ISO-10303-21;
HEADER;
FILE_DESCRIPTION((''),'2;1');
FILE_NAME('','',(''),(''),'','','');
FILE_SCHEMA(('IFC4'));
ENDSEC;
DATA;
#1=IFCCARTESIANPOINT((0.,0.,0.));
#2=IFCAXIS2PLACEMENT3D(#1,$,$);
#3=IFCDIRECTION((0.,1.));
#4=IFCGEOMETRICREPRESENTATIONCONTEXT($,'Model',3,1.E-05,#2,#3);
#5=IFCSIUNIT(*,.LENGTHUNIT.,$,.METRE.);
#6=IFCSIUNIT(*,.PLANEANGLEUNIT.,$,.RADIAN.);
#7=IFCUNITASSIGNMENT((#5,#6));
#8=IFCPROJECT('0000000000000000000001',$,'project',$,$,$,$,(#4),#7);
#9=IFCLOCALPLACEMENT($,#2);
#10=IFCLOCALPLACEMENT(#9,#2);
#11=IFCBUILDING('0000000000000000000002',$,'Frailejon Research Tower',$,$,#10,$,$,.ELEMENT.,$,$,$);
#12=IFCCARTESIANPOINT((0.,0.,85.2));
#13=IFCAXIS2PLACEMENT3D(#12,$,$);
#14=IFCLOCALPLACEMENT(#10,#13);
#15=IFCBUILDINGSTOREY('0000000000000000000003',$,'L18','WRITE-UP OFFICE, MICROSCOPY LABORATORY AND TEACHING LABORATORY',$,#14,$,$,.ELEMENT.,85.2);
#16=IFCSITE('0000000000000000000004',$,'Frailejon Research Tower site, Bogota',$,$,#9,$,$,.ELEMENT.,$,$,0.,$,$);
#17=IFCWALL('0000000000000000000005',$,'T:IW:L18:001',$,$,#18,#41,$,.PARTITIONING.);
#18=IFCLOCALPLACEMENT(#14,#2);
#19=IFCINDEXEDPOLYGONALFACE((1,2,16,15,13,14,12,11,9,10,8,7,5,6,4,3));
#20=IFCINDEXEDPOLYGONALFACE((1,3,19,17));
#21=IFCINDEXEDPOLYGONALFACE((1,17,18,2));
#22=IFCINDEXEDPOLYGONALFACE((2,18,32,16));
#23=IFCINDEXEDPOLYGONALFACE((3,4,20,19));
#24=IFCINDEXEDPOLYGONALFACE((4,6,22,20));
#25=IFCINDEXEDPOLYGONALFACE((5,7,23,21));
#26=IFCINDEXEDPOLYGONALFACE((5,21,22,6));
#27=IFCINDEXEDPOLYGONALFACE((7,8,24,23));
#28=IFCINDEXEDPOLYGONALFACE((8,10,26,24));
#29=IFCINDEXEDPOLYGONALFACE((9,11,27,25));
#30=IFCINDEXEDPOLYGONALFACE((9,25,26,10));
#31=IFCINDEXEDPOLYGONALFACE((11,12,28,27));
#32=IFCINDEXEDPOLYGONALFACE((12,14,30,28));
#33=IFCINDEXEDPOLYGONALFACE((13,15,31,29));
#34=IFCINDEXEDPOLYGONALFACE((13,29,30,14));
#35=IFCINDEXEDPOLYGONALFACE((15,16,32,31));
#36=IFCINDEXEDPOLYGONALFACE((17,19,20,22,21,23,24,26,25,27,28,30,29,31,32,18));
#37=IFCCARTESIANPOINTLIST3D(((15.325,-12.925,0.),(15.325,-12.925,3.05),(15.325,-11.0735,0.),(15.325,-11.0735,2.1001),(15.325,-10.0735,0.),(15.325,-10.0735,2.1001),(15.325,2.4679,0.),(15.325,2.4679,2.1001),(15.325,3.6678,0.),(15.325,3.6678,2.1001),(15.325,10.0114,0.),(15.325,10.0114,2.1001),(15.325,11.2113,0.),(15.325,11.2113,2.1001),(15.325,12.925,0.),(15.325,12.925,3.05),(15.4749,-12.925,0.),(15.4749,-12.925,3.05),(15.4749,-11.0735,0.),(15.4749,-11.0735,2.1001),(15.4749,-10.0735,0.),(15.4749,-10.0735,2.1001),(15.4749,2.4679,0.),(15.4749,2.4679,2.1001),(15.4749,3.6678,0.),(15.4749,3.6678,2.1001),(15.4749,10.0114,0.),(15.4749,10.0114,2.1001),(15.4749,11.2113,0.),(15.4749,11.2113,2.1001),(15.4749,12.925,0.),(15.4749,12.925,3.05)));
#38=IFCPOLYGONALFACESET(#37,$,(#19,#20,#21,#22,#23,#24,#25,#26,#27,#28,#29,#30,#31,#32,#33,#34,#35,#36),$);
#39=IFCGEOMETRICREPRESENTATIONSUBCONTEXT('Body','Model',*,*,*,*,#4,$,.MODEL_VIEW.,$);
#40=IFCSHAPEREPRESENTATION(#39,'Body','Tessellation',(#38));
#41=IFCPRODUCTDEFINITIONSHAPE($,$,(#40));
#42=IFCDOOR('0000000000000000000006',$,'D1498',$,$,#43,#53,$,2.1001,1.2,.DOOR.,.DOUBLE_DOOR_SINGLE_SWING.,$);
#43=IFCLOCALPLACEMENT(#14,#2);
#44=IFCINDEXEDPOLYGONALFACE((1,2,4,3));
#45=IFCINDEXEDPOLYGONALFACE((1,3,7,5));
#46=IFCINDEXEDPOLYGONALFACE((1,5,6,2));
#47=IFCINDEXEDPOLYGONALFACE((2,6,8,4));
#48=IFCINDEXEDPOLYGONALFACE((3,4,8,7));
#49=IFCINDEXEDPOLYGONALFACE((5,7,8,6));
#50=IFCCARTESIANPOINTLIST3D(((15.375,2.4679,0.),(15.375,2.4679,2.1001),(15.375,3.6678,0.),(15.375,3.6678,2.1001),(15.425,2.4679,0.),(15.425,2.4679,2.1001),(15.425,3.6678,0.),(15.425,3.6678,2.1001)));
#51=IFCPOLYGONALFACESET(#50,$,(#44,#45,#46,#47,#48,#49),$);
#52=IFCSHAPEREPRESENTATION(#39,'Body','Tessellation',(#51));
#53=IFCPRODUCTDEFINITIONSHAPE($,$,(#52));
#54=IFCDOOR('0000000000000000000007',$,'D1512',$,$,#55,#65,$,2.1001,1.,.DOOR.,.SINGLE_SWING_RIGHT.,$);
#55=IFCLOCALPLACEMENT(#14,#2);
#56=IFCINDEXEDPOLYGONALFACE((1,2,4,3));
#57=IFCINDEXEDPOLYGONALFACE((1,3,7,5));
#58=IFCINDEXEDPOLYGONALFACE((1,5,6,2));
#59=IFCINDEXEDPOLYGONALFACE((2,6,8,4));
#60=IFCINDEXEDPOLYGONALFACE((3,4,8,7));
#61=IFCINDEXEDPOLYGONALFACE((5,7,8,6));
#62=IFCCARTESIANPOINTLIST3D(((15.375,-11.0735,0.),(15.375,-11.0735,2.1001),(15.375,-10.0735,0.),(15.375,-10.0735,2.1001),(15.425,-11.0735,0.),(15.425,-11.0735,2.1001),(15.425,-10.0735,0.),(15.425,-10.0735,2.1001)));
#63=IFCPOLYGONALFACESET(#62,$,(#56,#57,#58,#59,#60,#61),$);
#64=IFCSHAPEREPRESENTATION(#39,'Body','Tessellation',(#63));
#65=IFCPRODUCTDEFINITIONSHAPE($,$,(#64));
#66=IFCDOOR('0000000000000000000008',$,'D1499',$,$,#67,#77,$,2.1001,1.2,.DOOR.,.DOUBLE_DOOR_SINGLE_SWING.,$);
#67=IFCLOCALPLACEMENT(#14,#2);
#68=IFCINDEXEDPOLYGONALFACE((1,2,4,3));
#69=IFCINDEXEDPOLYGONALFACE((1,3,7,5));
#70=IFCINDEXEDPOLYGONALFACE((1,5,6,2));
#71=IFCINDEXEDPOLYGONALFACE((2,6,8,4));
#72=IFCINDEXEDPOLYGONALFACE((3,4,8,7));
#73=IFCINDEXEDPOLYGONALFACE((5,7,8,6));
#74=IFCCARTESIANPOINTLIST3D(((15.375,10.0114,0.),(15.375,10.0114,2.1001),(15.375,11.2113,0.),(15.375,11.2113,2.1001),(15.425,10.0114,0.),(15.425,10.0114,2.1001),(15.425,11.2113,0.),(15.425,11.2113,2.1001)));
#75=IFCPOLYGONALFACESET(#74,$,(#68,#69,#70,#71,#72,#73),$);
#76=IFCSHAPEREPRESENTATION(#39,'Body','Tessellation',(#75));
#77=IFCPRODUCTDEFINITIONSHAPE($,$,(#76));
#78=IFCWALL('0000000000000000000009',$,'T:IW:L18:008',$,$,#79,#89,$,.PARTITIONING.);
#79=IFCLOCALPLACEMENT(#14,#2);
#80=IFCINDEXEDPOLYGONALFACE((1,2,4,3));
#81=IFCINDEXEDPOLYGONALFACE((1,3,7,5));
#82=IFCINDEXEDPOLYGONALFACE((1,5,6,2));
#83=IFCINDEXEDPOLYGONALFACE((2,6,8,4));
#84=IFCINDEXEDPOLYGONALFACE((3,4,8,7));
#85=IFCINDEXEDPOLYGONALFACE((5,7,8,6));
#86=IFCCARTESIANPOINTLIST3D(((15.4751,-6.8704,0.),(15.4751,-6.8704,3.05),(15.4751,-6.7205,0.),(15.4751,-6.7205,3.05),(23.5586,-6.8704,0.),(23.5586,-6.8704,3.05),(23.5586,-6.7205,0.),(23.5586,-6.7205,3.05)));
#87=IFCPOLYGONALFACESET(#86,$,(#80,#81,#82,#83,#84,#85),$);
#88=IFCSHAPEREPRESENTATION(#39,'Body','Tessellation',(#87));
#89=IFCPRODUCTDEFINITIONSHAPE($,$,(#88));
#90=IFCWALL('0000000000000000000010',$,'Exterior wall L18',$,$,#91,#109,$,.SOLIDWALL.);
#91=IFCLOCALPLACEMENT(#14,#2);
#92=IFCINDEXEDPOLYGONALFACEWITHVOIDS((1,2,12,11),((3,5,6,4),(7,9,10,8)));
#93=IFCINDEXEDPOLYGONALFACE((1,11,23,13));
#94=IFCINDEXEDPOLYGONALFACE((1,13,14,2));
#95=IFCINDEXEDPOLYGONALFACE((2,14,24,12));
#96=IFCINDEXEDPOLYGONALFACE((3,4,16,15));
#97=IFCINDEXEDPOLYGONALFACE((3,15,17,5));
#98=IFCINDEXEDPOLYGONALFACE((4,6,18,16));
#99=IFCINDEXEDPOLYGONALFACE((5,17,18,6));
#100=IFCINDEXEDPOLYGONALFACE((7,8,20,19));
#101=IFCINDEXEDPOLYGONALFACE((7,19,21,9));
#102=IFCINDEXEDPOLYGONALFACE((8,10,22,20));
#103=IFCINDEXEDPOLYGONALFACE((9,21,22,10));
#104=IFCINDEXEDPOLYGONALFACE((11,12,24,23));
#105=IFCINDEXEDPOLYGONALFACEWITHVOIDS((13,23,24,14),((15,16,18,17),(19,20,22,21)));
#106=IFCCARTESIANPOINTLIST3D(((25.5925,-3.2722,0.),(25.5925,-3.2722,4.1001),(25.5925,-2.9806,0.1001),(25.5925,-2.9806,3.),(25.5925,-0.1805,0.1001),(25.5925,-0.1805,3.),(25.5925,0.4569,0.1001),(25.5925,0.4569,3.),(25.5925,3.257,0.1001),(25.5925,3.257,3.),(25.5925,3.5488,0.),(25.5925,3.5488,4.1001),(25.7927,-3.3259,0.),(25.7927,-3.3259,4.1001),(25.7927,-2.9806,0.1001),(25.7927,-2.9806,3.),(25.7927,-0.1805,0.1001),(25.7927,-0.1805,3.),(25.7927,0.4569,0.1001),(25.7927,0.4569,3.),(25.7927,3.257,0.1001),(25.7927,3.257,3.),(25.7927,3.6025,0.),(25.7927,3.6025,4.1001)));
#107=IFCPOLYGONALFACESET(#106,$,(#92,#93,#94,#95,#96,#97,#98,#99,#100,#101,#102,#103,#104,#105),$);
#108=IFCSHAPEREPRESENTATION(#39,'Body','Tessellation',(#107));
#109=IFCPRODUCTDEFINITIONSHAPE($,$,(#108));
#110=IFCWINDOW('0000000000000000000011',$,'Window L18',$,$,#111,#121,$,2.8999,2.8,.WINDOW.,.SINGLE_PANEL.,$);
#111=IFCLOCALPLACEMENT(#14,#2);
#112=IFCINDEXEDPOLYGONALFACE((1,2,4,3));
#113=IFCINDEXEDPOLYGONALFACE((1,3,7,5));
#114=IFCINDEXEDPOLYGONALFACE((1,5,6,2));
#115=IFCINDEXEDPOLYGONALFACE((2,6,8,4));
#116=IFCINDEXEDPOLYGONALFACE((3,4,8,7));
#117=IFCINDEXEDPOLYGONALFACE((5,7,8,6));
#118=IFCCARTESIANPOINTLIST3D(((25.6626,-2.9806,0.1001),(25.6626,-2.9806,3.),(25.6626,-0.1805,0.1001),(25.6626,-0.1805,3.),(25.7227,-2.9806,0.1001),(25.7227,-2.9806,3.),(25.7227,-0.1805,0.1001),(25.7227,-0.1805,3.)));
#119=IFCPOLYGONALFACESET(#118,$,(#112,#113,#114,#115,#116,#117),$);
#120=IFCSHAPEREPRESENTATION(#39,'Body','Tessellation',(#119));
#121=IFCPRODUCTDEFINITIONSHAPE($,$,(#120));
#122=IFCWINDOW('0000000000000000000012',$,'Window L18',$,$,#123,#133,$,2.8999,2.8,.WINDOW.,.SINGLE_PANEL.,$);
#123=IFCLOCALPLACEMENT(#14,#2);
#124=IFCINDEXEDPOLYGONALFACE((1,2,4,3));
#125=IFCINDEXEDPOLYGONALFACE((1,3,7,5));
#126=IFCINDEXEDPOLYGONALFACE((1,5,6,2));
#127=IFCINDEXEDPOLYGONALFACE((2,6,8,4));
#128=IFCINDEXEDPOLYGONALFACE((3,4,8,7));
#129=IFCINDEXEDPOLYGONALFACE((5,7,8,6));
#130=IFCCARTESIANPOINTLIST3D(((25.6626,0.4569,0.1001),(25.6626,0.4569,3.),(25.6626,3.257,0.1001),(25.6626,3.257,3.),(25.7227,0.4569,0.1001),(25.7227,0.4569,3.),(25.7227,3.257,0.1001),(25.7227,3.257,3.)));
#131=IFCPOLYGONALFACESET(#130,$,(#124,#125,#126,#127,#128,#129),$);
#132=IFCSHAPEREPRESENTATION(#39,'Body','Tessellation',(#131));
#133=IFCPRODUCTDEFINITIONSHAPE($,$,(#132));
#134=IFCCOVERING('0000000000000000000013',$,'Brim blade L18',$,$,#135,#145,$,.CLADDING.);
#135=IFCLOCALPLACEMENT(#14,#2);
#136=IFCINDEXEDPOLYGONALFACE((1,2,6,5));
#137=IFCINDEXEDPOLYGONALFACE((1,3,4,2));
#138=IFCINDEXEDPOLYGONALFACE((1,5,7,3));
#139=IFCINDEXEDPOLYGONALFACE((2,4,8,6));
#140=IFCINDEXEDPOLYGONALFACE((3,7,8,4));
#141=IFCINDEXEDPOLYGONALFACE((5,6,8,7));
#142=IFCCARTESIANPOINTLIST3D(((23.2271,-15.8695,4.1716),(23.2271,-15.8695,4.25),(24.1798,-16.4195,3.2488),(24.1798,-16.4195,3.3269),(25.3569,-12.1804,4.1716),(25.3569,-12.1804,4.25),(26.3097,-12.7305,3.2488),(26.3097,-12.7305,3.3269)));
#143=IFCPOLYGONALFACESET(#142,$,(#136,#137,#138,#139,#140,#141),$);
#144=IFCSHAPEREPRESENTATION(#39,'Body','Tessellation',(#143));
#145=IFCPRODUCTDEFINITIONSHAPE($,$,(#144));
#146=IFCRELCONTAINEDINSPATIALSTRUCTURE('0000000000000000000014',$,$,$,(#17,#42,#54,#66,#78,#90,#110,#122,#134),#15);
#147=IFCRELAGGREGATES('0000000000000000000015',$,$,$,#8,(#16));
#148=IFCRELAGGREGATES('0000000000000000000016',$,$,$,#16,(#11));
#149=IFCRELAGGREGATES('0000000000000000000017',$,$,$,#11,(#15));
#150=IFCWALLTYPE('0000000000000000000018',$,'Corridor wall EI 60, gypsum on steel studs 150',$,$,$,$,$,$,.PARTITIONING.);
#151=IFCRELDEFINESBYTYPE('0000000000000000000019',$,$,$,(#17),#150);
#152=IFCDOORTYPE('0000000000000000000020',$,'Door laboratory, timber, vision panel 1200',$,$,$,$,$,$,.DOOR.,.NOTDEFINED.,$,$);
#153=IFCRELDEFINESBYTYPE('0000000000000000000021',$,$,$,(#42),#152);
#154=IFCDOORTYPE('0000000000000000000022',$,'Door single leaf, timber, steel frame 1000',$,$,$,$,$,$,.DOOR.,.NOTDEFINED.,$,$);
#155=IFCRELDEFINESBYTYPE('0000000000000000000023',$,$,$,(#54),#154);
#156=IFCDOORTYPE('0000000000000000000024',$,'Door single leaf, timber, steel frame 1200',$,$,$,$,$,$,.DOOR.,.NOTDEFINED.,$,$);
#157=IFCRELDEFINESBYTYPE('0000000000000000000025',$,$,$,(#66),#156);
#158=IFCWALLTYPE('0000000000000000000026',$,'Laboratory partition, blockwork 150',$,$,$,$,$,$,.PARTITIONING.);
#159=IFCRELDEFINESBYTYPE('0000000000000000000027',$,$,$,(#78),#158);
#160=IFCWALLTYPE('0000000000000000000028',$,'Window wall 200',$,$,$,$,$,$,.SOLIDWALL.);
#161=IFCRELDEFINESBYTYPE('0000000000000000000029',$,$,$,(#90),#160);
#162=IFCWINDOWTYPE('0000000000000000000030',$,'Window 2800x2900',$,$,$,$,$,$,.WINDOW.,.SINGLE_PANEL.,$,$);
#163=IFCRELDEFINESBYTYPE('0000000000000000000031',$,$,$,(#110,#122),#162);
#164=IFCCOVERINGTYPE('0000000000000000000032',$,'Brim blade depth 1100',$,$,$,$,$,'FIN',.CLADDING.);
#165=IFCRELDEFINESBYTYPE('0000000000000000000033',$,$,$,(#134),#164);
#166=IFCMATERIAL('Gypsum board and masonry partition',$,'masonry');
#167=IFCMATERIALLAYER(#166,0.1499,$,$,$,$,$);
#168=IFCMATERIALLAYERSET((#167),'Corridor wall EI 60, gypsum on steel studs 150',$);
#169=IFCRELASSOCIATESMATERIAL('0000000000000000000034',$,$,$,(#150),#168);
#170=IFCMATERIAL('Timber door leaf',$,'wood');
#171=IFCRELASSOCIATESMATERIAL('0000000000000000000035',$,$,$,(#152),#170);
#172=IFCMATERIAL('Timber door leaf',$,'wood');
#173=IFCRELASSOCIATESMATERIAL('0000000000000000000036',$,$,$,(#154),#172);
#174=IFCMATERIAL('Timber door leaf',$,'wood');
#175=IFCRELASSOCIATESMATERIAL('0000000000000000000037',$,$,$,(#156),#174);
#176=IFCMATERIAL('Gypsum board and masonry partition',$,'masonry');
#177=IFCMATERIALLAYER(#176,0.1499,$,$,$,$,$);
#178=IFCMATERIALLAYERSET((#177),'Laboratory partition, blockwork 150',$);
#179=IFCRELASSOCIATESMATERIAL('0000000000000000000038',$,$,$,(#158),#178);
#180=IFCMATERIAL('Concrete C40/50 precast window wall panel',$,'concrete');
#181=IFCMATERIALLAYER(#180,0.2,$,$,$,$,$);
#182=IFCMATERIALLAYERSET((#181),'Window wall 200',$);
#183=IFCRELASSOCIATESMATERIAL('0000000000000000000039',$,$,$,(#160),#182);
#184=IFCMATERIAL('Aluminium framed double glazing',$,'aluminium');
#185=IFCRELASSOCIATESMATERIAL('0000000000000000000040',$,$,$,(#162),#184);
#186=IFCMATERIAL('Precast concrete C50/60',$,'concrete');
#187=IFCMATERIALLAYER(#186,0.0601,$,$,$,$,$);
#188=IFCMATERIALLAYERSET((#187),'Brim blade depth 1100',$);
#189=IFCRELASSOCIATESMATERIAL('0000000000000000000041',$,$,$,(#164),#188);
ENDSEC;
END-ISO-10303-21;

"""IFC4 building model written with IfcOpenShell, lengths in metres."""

from ifc_helpers import new_model, si_unit, direction, frame, frame_2d, origin, place, context, subcontext, project, spatial, polyline, rectangle, outline, extrude, material, layer, layer_set, type_object, element, fill, save


model = new_model("IFC4")

# Units and contexts
model_context = context("Model", 3, precision=1e-05, world=origin(), true_north=direction((0.0, 1.0)))
body_context = subcontext(model_context, "Body", "Model", "MODEL_VIEW")
ifc_project = project(units=[si_unit("LENGTHUNIT", "METRE"), si_unit("PLANEANGLEUNIT", "RADIAN")], contexts=[model_context])

# Site, building, storey
site_placement = place(None, origin())
site = spatial("IfcSite", under=ifc_project, at=site_placement, Name="Frailejon Research Tower site, Bogota", CompositionType="ELEMENT", RefElevation=0.0)
building_placement = place(site_placement, origin())
building = spatial("IfcBuilding", under=site, at=building_placement, Name="Frailejon Research Tower", CompositionType="ELEMENT")
storey_placement = place(building_placement, frame((0.0, 0.0, 85.2)))
storey = spatial("IfcBuildingStorey", under=building, at=storey_placement, Name="L18", Description="WRITE-UP OFFICE, MICROSCOPY LABORATORY AND TEACHING LABORATORY", CompositionType="ELEMENT", Elevation=85.2)

# Wall, openings, doors
ifc_material_1 = material(Name="Gypsum board and masonry partition", Category="masonry")
ifc_layer_1 = layer(ifc_material_1, 0.1499)
ifc_layer_set_1 = layer_set([ifc_layer_1], Name="Corridor wall EI 60, gypsum on steel studs 150")
wall_type_1 = type_object("IfcWallType", Name="Corridor wall EI 60, gypsum on steel studs 150", PredefinedType="PARTITIONING", material=ifc_layer_set_1)
wall_1_placement = place(storey_placement, frame((15.3999, -12.925, 0.0), z_axis=(0.0, 0.0, 1.0), x_axis=(0.0, 1.0, 0.0)))
wall_1 = element("IfcWall", 1, at=wall_1_placement, inside=storey, type_object=wall_type_1, Name="T:IW:L18:001", PredefinedType="PARTITIONING", context=body_context, shape_type="SweptSolid", body=[
    extrude(rectangle(XDim=25.8501, YDim=0.1499, at=frame_2d((12.925, 0.0))), origin(), (0.0, 0.0, 1.0), 3.05),
])
opening_1_placement = place(wall_1_placement, frame((15.3928, 0.0, 0.0)))
opening_1 = element("IfcOpeningElement", 2, at=opening_1_placement, cuts=wall_1, PredefinedType="OPENING", context=body_context, shape_type="SweptSolid", body=[
    extrude(rectangle(XDim=1.2, YDim=2.1001, at=frame_2d((0.6001, 1.05))), frame((0.0, 0.085, 0.0), z_axis=(0.0, -1.0, 0.0), x_axis=(1.0, 0.0, 0.0)), (0.0, 0.0, 1.0), 0.1699),
])
opening_2_placement = place(wall_1_placement, frame((22.9363, 0.0, 0.0)))
opening_2 = element("IfcOpeningElement", 3, at=opening_2_placement, cuts=wall_1, PredefinedType="OPENING", context=body_context, shape_type="SweptSolid", body=[
    extrude(rectangle(XDim=1.2, YDim=2.1001, at=frame_2d((0.6001, 1.05))), frame((0.0, 0.085, 0.0), z_axis=(0.0, -1.0, 0.0), x_axis=(1.0, 0.0, 0.0)), (0.0, 0.0, 1.0), 0.1699),
])
opening_3_placement = place(wall_1_placement, frame((1.8516, 0.0, 0.0)))
opening_3 = element("IfcOpeningElement", 4, at=opening_3_placement, cuts=wall_1, PredefinedType="OPENING", context=body_context, shape_type="SweptSolid", body=[
    extrude(rectangle(XDim=1.0, YDim=2.1001, at=frame_2d((0.5, 1.05))), frame((0.0, 0.085, 0.0), z_axis=(0.0, -1.0, 0.0), x_axis=(1.0, 0.0, 0.0)), (0.0, 0.0, 1.0), 0.1699),
])
ifc_material_2 = material(Name="Timber door leaf", Category="wood")
door_type_1 = type_object("IfcDoorType", Name="Door laboratory, timber, vision panel 1200", OperationType="NOTDEFINED", PredefinedType="DOOR", material=ifc_material_2)
door_1_placement = place(opening_1_placement, origin())
door_1 = element("IfcDoor", 5, at=door_1_placement, inside=storey, type_object=door_type_1, Name="D1498", OperationType="DOUBLE_DOOR_SINGLE_SWING", OverallHeight=2.1001, OverallWidth=1.2, PredefinedType="DOOR", context=body_context, shape_type="SweptSolid", body=[
    extrude(rectangle(XDim=1.2, YDim=2.1001, at=frame_2d((0.6001, 1.05))), frame((0.0, 0.0249, 0.0), z_axis=(0.0, -1.0, 0.0), x_axis=(1.0, 0.0, 0.0)), (0.0, 0.0, 1.0), 0.05),
])
fill(opening_1, door_1)
ifc_material_3 = material(Name="Timber door leaf", Category="wood")
door_type_2 = type_object("IfcDoorType", Name="Door single leaf, timber, steel frame 1000", OperationType="NOTDEFINED", PredefinedType="DOOR", material=ifc_material_3)
door_2_placement = place(opening_3_placement, origin())
door_2 = element("IfcDoor", 6, at=door_2_placement, inside=storey, type_object=door_type_2, Name="D1512", OperationType="SINGLE_SWING_RIGHT", OverallHeight=2.1001, OverallWidth=1.0, PredefinedType="DOOR", context=body_context, shape_type="SweptSolid", body=[
    extrude(rectangle(XDim=1.0, YDim=2.1001, at=frame_2d((0.5, 1.05))), frame((0.0, 0.0249, 0.0), z_axis=(0.0, -1.0, 0.0), x_axis=(1.0, 0.0, 0.0)), (0.0, 0.0, 1.0), 0.05),
])
fill(opening_3, door_2)
ifc_material_4 = material(Name="Timber door leaf", Category="wood")
door_type_3 = type_object("IfcDoorType", Name="Door single leaf, timber, steel frame 1200", OperationType="NOTDEFINED", PredefinedType="DOOR", material=ifc_material_4)
door_3_placement = place(opening_2_placement, origin())
door_3 = element("IfcDoor", 7, at=door_3_placement, inside=storey, type_object=door_type_3, Name="D1499", OperationType="DOUBLE_DOOR_SINGLE_SWING", OverallHeight=2.1001, OverallWidth=1.2, PredefinedType="DOOR", context=body_context, shape_type="SweptSolid", body=[
    extrude(rectangle(XDim=1.2, YDim=2.1001, at=frame_2d((0.6001, 1.05))), frame((0.0, 0.0249, 0.0), z_axis=(0.0, -1.0, 0.0), x_axis=(1.0, 0.0, 0.0)), (0.0, 0.0, 1.0), 0.05),
])
fill(opening_2, door_3)

# Wall
ifc_material_5 = material(Name="Gypsum board and masonry partition", Category="masonry")
ifc_layer_2 = layer(ifc_material_5, 0.1499)
ifc_layer_set_2 = layer_set([ifc_layer_2], Name="Laboratory partition, blockwork 150")
wall_type_2 = type_object("IfcWallType", Name="Laboratory partition, blockwork 150", PredefinedType="PARTITIONING", material=ifc_layer_set_2)
wall_2_placement = place(storey_placement, frame((15.4751, -6.7954, 0.0), z_axis=(0.0, 0.0, 1.0), x_axis=(1.0, 0.0, 0.0)))
element("IfcWall", 8, at=wall_2_placement, inside=storey, type_object=wall_type_2, Name="T:IW:L18:008", PredefinedType="PARTITIONING", context=body_context, shape_type="SweptSolid", body=[
    extrude(rectangle(XDim=8.0835, YDim=0.1499, at=frame_2d((4.0417, 0.0))), origin(), (0.0, 0.0, 1.0), 3.05),
])

# Wall, openings, windows
ifc_material_6 = material(Name="Concrete C40/50 precast window wall panel", Category="concrete")
ifc_layer_3 = layer(ifc_material_6, 0.2)
ifc_layer_set_3 = layer_set([ifc_layer_3], Name="Window wall 200")
wall_type_3 = type_object("IfcWallType", Name="Window wall 200", PredefinedType="SOLIDWALL", material=ifc_layer_set_3)
wall_3_placement = place(storey_placement, frame((25.6926, -3.2991, 0.0), z_axis=(0.0, 0.0, 1.0), x_axis=(0.0, 1.0, 0.0)))
wall_3 = element("IfcWall", 9, at=wall_3_placement, inside=storey, type_object=wall_type_3, Name="Exterior wall L18", PredefinedType="SOLIDWALL", context=body_context, shape_type="SweptSolid", body=[
    extrude(outline(polyline([(-0.0269, -0.1001), (1.1279, -0.1001), (2.2827, -0.1001), (3.4375, -0.1001), (4.592, -0.1001), (5.7468, -0.1001), (6.9016, -0.1001), (6.8479, 0.1001), (5.7109, 0.1001), (4.5742, 0.1001), (3.4375, 0.1001), (2.3005, 0.1001), (1.1636, 0.1001), (0.0269, 0.1001), (-0.0269, -0.1001)])), origin(), (0.0, 0.0, 1.0), 4.1001),
])
opening_4_placement = place(wall_3_placement, frame((0.3186, 0.0, 0.1001)))
opening_4 = element("IfcOpeningElement", 10, at=opening_4_placement, cuts=wall_3, PredefinedType="OPENING", context=body_context, shape_type="SweptSolid", body=[
    extrude(rectangle(XDim=2.8, YDim=2.8999, at=frame_2d((1.3999, 1.45))), frame((0.0, 0.1099, 0.0), z_axis=(0.0, -1.0, 0.0), x_axis=(1.0, 0.0, 0.0)), (0.0, 0.0, 1.0), 0.22),
])
opening_5_placement = place(wall_3_placement, frame((3.7561, 0.0, 0.1001)))
opening_5 = element("IfcOpeningElement", 11, at=opening_5_placement, cuts=wall_3, PredefinedType="OPENING", context=body_context, shape_type="SweptSolid", body=[
    extrude(rectangle(XDim=2.8, YDim=2.8999, at=frame_2d((1.3999, 1.45))), frame((0.0, 0.1099, 0.0), z_axis=(0.0, -1.0, 0.0), x_axis=(1.0, 0.0, 0.0)), (0.0, 0.0, 1.0), 0.22),
])
ifc_material_7 = material(Name="Aluminium framed double glazing", Category="aluminium")
window_type = type_object("IfcWindowType", Name="Window 2800x2900", PartitioningType="SINGLE_PANEL", PredefinedType="WINDOW", material=ifc_material_7)
window_1_placement = place(opening_4_placement, origin())
window_1 = element("IfcWindow", 12, at=window_1_placement, inside=storey, type_object=window_type, Name="Window L18", OverallHeight=2.8999, OverallWidth=2.8, PartitioningType="SINGLE_PANEL", PredefinedType="WINDOW", context=body_context, shape_type="SweptSolid", body=[
    extrude(rectangle(XDim=2.8, YDim=2.8999, at=frame_2d((1.3999, 1.45))), frame((0.0, 0.03, 0.0), z_axis=(0.0, -1.0, 0.0), x_axis=(1.0, 0.0, 0.0)), (0.0, 0.0, 1.0), 0.0601),
])
fill(opening_4, window_1)
window_2_placement = place(opening_5_placement, origin())
window_2 = element("IfcWindow", 13, at=window_2_placement, inside=storey, type_object=window_type, Name="Window L18", OverallHeight=2.8999, OverallWidth=2.8, PartitioningType="SINGLE_PANEL", PredefinedType="WINDOW", context=body_context, shape_type="SweptSolid", body=[
    extrude(rectangle(XDim=2.8, YDim=2.8999, at=frame_2d((1.3999, 1.45))), frame((0.0, 0.03, 0.0), z_axis=(0.0, -1.0, 0.0), x_axis=(1.0, 0.0, 0.0)), (0.0, 0.0, 1.0), 0.0601),
])
fill(opening_5, window_2)

# Covering
ifc_material_8 = material(Name="Precast concrete C50/60", Category="concrete")
ifc_layer_4 = layer(ifc_material_8, 0.0601)
ifc_layer_set_4 = layer_set([ifc_layer_4], Name="Brim blade depth 1100")
covering_type_1 = type_object("IfcCoveringType", Name="Brim blade depth 1100", ElementType="FIN", PredefinedType="CLADDING", material=ifc_layer_set_4)
covering_placement = place(storey_placement, frame((25.3569, -12.1804, 4.25), z_axis=(-0.499992, -0.86603, 0.0), x_axis=(0.86603, -0.499992, 0.0)))
element("IfcCovering", 14, at=covering_placement, inside=storey, type_object=covering_type_1, Name="Brim blade L18", PredefinedType="CLADDING", context=body_context, shape_type="SweptSolid", body=[
    extrude(outline(polyline([(0.0, -0.0784), (1.1001, -1.0012), (1.1001, -0.9231), (0.0, 0.0), (0.0, -0.0784)])), origin(), (0.0, 0.0, 1.0), 4.2598),
])

save(model, "model.ifc")
